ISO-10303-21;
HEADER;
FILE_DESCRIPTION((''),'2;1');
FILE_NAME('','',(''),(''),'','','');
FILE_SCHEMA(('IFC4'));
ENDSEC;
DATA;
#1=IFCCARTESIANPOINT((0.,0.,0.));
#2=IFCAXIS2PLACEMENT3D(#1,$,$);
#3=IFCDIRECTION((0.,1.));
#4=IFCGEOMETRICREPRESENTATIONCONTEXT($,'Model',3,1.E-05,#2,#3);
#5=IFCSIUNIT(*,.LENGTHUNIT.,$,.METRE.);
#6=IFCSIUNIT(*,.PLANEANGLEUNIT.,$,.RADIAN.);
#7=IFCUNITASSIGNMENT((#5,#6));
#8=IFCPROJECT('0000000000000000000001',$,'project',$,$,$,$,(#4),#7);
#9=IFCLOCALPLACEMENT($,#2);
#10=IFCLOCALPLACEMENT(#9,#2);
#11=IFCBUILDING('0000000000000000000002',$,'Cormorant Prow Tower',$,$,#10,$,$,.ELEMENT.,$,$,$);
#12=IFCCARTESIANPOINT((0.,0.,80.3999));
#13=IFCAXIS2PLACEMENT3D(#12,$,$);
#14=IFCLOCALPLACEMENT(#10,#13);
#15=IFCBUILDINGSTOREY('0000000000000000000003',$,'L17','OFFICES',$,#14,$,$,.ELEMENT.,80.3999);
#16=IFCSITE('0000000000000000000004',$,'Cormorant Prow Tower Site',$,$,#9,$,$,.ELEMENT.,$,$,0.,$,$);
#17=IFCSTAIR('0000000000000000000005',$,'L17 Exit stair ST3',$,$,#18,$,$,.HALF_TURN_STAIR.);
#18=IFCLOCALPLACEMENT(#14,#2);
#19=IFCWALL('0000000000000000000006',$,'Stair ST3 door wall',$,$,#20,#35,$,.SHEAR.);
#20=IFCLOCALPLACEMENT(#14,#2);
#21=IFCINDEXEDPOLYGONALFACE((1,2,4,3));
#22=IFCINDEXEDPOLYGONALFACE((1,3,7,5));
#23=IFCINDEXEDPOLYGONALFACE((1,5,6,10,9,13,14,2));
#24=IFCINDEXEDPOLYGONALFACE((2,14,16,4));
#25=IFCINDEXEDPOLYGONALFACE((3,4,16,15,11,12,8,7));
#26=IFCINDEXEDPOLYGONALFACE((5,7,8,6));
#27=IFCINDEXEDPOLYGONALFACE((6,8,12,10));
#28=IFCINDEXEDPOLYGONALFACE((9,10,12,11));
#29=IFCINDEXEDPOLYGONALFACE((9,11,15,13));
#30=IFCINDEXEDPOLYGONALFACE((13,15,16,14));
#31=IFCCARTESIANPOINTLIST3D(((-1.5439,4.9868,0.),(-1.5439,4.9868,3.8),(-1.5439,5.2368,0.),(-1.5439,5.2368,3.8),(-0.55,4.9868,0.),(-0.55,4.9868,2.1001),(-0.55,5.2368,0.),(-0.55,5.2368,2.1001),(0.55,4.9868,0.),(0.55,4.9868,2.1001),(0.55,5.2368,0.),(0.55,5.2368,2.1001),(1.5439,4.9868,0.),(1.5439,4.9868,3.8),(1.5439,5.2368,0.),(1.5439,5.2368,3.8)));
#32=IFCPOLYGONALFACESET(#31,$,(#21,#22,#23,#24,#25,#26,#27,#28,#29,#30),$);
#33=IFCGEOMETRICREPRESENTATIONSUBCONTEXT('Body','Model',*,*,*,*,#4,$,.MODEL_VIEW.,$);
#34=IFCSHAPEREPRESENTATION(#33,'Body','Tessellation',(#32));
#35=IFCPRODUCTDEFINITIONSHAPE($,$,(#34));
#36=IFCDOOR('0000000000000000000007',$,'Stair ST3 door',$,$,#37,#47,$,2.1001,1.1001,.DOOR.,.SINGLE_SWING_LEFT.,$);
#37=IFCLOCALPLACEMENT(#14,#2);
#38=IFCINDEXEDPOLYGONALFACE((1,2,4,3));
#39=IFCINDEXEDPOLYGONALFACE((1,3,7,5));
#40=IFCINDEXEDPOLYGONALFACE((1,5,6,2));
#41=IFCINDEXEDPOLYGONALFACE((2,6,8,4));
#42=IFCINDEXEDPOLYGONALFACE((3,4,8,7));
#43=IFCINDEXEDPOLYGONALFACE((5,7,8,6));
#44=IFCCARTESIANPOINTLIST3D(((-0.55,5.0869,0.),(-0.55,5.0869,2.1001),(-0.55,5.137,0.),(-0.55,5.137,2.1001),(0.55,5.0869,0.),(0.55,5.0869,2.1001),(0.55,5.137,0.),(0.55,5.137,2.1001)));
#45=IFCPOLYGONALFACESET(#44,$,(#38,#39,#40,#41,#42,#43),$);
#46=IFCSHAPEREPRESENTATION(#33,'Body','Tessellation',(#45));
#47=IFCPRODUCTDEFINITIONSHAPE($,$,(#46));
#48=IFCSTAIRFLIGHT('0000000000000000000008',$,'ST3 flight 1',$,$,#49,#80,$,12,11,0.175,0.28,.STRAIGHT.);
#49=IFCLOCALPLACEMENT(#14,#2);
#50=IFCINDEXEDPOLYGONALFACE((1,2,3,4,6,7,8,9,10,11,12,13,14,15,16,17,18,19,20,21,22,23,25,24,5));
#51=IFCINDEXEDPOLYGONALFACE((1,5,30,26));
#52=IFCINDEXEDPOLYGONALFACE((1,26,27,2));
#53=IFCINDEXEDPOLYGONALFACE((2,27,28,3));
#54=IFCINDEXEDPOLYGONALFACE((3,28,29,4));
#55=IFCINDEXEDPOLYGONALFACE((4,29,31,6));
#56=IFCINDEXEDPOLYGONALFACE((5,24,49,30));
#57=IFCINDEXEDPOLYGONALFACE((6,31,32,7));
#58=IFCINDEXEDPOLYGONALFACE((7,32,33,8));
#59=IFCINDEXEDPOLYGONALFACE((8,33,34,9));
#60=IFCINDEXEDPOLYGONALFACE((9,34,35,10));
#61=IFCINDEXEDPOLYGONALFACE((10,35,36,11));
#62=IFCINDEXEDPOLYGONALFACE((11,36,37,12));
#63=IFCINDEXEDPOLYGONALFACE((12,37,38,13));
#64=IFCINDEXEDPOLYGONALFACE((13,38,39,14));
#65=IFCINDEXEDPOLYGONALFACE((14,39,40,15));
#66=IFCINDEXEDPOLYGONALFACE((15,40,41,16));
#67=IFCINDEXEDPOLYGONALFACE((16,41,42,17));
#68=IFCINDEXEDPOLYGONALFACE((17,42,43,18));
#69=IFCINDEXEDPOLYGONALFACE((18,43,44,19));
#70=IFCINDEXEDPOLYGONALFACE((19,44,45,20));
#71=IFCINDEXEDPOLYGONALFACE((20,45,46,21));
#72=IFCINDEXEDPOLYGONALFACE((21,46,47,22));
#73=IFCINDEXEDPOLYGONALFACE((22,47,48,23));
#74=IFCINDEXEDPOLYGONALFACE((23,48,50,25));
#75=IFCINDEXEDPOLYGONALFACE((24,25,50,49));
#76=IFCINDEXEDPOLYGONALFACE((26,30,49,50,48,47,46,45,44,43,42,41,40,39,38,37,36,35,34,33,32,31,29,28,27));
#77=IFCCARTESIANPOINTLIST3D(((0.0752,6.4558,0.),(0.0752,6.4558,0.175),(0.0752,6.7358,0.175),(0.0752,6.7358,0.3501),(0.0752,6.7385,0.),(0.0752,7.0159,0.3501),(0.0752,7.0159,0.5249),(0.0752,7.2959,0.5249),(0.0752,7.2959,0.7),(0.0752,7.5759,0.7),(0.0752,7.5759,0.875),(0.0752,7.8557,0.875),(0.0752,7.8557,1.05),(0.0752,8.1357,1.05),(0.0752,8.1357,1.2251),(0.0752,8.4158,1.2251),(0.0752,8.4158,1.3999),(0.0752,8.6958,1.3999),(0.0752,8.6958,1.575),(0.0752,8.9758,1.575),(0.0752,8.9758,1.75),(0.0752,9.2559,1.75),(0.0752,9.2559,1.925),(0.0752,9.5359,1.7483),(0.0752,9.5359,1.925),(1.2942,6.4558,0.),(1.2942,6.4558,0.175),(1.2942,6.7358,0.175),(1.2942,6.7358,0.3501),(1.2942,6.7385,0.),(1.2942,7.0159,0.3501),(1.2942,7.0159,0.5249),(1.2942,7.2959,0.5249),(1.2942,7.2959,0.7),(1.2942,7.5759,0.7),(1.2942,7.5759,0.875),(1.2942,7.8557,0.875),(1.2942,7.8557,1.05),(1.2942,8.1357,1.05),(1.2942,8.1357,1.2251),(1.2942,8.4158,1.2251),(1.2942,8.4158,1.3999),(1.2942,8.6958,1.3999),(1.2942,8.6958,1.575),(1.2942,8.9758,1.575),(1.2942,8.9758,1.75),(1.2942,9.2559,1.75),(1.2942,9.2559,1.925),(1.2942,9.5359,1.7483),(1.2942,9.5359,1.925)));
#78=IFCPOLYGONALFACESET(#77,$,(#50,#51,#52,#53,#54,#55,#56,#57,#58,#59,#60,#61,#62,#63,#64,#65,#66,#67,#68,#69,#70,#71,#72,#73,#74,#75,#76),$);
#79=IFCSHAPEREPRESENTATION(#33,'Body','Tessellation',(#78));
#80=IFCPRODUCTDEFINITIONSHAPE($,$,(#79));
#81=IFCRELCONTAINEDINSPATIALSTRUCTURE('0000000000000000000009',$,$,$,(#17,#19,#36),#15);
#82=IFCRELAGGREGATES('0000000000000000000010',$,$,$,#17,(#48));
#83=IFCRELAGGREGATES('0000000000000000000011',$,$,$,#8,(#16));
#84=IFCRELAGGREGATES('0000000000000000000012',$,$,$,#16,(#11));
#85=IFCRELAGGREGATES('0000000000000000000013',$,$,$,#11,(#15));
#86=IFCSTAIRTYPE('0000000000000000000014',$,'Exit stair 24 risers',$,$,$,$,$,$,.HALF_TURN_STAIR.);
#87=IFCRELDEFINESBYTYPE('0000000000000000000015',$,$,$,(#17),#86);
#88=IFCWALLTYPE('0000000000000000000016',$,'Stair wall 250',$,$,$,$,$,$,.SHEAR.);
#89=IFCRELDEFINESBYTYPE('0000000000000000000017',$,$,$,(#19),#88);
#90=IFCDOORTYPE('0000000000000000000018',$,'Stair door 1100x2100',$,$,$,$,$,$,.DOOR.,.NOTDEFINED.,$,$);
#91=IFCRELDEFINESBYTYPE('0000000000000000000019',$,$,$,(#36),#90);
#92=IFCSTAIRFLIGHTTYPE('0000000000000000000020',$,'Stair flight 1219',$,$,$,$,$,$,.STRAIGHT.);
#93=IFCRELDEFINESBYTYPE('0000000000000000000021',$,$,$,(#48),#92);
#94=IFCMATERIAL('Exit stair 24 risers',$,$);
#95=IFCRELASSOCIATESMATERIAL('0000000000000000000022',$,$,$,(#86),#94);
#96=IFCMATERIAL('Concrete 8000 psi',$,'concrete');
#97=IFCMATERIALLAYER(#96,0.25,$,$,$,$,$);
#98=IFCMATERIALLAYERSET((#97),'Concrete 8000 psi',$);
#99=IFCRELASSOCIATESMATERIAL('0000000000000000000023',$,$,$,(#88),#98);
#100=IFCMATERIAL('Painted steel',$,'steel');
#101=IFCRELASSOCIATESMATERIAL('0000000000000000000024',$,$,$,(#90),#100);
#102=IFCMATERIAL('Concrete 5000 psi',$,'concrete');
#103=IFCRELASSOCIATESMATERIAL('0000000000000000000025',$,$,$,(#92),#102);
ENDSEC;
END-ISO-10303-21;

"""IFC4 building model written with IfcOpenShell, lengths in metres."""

from ifc_helpers import new_model, si_unit, direction, frame, frame_2d, origin, place, context, subcontext, project, spatial, polyline, rectangle, outline, extrude, material, layer, layer_set, type_object, element, fill, aggregate, save


model = new_model("IFC4")

# Units and contexts
model_context = context("Model", 3, precision=1e-05, world=origin(), true_north=direction((0.0, 1.0)))
body_context = subcontext(model_context, "Body", "Model", "MODEL_VIEW")
ifc_project = project(units=[si_unit("LENGTHUNIT", "METRE"), si_unit("PLANEANGLEUNIT", "RADIAN")], contexts=[model_context])

# Site, building, storey
site_placement = place(None, origin())
site = spatial("IfcSite", under=ifc_project, at=site_placement, Name="Cormorant Prow Tower Site", CompositionType="ELEMENT", RefElevation=0.0)
building_placement = place(site_placement, origin())
building = spatial("IfcBuilding", under=site, at=building_placement, Name="Cormorant Prow Tower", CompositionType="ELEMENT")
storey_placement = place(building_placement, frame((0.0, 0.0, 80.3999)))
storey = spatial("IfcBuildingStorey", under=building, at=storey_placement, Name="L17", Description="OFFICES", CompositionType="ELEMENT", Elevation=80.3999)

# Stair
ifc_material_1 = material(Name="Exit stair 24 risers")
stair_type = type_object("IfcStairType", Name="Exit stair 24 risers", PredefinedType="HALF_TURN_STAIR", material=ifc_material_1)
stair_1_placement = place(storey_placement, origin())
stair_1 = element("IfcStair", 1, at=stair_1_placement, inside=storey, type_object=stair_type, Name="L17 Exit stair ST3", PredefinedType="HALF_TURN_STAIR")

# Shared definitions
ifc_material_2 = material(Name="Concrete 8000 psi", Category="concrete")
ifc_layer_1 = layer(ifc_material_2, 0.25)
ifc_layer_set_1 = layer_set([ifc_layer_1], Name="Concrete 8000 psi")
wall_type_1 = type_object("IfcWallType", Name="Stair wall 250", PredefinedType="SHEAR", material=ifc_layer_set_1)

# Wall, opening, door
wall_1_placement = place(storey_placement, frame((1.5439, 5.1118, 0.0), z_axis=(0.0, 0.0, 1.0), x_axis=(-1.0, 0.0, 0.0)))
wall_1 = element("IfcWall", 2, at=wall_1_placement, inside=storey, type_object=wall_type_1, Name="Stair ST3 door wall", PredefinedType="SHEAR", context=body_context, shape_type="SweptSolid", body=[
    extrude(rectangle(XDim=3.0879, YDim=0.25, at=frame_2d((1.5439, 0.0))), origin(), (0.0, 0.0, 1.0), 3.8),
])
opening_placement = place(wall_1_placement, frame((0.9939, 0.0, 0.0)))
opening = element("IfcOpeningElement", 3, at=opening_placement, cuts=wall_1, PredefinedType="OPENING", context=body_context, shape_type="SweptSolid", body=[
    extrude(rectangle(XDim=1.1001, YDim=2.1001, at=frame_2d((0.55, 1.05))), frame((0.0, 0.135, 0.0), z_axis=(0.0, -1.0, 0.0), x_axis=(1.0, 0.0, 0.0)), (0.0, 0.0, 1.0), 0.27),
])
ifc_material_3 = material(Name="Painted steel", Category="steel")
door_type = type_object("IfcDoorType", Name="Stair door 1100x2100", OperationType="NOTDEFINED", PredefinedType="DOOR", material=ifc_material_3)
door_placement = place(opening_placement, origin())
door = element("IfcDoor", 4, at=door_placement, inside=storey, type_object=door_type, Name="Stair ST3 door", OperationType="SINGLE_SWING_LEFT", OverallHeight=2.1001, OverallWidth=1.1001, PredefinedType="DOOR", context=body_context, shape_type="SweptSolid", body=[
    extrude(rectangle(XDim=1.1001, YDim=2.1001, at=frame_2d((0.55, 1.05))), frame((0.0, 0.0249, 0.0), z_axis=(0.0, -1.0, 0.0), x_axis=(1.0, 0.0, 0.0)), (0.0, 0.0, 1.0), 0.05),
])
fill(opening, door)

# Stair flight
ifc_material_4 = material(Name="Concrete 5000 psi", Category="concrete")
stair_flight_type = type_object("IfcStairFlightType", Name="Stair flight 1219", PredefinedType="STRAIGHT", material=ifc_material_4)
stair_flight_placement = place(storey_placement, frame((0.6846, 6.4558, 0.0), z_axis=(0.0, 0.0, 1.0), x_axis=(0.0, 1.0, 0.0)))
stair_flight = element("IfcStairFlight", 5, at=stair_flight_placement, type_object=stair_flight_type, Name="ST3 flight 1", NumberOfRisers=12, NumberOfTreads=11, PredefinedType="STRAIGHT", RiserHeight=0.175, TreadLength=0.28, context=body_context, shape_type="SweptSolid", body=[
    extrude(outline(polyline([(0.0, 0.0), (0.0, 0.175), (0.28, 0.175), (0.28, 0.3501), (0.5601, 0.3501), (0.5601, 0.5249), (0.8401, 0.5249), (0.8401, 0.7), (1.1201, 0.7), (1.1201, 0.875), (1.3999, 0.875), (1.3999, 1.05), (1.6799, 1.05), (1.6799, 1.2251), (1.96, 1.2251), (1.96, 1.3999), (2.24, 1.3999), (2.24, 1.575), (2.52, 1.575), (2.52, 1.75), (2.8, 1.75), (2.8, 1.925), (3.0801, 1.925), (3.0801, 2.1001), (3.0801, 1.7483), (0.2827, 0.0), (0.0, 0.0)])), frame((0.0, 0.6094, 0.0), z_axis=(0.0, -1.0, 0.0), x_axis=(1.0, 0.0, 0.0)), (0.0, 0.0, 1.0), 1.219),
])
aggregate(stair_1, [stair_flight])

save(model, "model.ifc")
